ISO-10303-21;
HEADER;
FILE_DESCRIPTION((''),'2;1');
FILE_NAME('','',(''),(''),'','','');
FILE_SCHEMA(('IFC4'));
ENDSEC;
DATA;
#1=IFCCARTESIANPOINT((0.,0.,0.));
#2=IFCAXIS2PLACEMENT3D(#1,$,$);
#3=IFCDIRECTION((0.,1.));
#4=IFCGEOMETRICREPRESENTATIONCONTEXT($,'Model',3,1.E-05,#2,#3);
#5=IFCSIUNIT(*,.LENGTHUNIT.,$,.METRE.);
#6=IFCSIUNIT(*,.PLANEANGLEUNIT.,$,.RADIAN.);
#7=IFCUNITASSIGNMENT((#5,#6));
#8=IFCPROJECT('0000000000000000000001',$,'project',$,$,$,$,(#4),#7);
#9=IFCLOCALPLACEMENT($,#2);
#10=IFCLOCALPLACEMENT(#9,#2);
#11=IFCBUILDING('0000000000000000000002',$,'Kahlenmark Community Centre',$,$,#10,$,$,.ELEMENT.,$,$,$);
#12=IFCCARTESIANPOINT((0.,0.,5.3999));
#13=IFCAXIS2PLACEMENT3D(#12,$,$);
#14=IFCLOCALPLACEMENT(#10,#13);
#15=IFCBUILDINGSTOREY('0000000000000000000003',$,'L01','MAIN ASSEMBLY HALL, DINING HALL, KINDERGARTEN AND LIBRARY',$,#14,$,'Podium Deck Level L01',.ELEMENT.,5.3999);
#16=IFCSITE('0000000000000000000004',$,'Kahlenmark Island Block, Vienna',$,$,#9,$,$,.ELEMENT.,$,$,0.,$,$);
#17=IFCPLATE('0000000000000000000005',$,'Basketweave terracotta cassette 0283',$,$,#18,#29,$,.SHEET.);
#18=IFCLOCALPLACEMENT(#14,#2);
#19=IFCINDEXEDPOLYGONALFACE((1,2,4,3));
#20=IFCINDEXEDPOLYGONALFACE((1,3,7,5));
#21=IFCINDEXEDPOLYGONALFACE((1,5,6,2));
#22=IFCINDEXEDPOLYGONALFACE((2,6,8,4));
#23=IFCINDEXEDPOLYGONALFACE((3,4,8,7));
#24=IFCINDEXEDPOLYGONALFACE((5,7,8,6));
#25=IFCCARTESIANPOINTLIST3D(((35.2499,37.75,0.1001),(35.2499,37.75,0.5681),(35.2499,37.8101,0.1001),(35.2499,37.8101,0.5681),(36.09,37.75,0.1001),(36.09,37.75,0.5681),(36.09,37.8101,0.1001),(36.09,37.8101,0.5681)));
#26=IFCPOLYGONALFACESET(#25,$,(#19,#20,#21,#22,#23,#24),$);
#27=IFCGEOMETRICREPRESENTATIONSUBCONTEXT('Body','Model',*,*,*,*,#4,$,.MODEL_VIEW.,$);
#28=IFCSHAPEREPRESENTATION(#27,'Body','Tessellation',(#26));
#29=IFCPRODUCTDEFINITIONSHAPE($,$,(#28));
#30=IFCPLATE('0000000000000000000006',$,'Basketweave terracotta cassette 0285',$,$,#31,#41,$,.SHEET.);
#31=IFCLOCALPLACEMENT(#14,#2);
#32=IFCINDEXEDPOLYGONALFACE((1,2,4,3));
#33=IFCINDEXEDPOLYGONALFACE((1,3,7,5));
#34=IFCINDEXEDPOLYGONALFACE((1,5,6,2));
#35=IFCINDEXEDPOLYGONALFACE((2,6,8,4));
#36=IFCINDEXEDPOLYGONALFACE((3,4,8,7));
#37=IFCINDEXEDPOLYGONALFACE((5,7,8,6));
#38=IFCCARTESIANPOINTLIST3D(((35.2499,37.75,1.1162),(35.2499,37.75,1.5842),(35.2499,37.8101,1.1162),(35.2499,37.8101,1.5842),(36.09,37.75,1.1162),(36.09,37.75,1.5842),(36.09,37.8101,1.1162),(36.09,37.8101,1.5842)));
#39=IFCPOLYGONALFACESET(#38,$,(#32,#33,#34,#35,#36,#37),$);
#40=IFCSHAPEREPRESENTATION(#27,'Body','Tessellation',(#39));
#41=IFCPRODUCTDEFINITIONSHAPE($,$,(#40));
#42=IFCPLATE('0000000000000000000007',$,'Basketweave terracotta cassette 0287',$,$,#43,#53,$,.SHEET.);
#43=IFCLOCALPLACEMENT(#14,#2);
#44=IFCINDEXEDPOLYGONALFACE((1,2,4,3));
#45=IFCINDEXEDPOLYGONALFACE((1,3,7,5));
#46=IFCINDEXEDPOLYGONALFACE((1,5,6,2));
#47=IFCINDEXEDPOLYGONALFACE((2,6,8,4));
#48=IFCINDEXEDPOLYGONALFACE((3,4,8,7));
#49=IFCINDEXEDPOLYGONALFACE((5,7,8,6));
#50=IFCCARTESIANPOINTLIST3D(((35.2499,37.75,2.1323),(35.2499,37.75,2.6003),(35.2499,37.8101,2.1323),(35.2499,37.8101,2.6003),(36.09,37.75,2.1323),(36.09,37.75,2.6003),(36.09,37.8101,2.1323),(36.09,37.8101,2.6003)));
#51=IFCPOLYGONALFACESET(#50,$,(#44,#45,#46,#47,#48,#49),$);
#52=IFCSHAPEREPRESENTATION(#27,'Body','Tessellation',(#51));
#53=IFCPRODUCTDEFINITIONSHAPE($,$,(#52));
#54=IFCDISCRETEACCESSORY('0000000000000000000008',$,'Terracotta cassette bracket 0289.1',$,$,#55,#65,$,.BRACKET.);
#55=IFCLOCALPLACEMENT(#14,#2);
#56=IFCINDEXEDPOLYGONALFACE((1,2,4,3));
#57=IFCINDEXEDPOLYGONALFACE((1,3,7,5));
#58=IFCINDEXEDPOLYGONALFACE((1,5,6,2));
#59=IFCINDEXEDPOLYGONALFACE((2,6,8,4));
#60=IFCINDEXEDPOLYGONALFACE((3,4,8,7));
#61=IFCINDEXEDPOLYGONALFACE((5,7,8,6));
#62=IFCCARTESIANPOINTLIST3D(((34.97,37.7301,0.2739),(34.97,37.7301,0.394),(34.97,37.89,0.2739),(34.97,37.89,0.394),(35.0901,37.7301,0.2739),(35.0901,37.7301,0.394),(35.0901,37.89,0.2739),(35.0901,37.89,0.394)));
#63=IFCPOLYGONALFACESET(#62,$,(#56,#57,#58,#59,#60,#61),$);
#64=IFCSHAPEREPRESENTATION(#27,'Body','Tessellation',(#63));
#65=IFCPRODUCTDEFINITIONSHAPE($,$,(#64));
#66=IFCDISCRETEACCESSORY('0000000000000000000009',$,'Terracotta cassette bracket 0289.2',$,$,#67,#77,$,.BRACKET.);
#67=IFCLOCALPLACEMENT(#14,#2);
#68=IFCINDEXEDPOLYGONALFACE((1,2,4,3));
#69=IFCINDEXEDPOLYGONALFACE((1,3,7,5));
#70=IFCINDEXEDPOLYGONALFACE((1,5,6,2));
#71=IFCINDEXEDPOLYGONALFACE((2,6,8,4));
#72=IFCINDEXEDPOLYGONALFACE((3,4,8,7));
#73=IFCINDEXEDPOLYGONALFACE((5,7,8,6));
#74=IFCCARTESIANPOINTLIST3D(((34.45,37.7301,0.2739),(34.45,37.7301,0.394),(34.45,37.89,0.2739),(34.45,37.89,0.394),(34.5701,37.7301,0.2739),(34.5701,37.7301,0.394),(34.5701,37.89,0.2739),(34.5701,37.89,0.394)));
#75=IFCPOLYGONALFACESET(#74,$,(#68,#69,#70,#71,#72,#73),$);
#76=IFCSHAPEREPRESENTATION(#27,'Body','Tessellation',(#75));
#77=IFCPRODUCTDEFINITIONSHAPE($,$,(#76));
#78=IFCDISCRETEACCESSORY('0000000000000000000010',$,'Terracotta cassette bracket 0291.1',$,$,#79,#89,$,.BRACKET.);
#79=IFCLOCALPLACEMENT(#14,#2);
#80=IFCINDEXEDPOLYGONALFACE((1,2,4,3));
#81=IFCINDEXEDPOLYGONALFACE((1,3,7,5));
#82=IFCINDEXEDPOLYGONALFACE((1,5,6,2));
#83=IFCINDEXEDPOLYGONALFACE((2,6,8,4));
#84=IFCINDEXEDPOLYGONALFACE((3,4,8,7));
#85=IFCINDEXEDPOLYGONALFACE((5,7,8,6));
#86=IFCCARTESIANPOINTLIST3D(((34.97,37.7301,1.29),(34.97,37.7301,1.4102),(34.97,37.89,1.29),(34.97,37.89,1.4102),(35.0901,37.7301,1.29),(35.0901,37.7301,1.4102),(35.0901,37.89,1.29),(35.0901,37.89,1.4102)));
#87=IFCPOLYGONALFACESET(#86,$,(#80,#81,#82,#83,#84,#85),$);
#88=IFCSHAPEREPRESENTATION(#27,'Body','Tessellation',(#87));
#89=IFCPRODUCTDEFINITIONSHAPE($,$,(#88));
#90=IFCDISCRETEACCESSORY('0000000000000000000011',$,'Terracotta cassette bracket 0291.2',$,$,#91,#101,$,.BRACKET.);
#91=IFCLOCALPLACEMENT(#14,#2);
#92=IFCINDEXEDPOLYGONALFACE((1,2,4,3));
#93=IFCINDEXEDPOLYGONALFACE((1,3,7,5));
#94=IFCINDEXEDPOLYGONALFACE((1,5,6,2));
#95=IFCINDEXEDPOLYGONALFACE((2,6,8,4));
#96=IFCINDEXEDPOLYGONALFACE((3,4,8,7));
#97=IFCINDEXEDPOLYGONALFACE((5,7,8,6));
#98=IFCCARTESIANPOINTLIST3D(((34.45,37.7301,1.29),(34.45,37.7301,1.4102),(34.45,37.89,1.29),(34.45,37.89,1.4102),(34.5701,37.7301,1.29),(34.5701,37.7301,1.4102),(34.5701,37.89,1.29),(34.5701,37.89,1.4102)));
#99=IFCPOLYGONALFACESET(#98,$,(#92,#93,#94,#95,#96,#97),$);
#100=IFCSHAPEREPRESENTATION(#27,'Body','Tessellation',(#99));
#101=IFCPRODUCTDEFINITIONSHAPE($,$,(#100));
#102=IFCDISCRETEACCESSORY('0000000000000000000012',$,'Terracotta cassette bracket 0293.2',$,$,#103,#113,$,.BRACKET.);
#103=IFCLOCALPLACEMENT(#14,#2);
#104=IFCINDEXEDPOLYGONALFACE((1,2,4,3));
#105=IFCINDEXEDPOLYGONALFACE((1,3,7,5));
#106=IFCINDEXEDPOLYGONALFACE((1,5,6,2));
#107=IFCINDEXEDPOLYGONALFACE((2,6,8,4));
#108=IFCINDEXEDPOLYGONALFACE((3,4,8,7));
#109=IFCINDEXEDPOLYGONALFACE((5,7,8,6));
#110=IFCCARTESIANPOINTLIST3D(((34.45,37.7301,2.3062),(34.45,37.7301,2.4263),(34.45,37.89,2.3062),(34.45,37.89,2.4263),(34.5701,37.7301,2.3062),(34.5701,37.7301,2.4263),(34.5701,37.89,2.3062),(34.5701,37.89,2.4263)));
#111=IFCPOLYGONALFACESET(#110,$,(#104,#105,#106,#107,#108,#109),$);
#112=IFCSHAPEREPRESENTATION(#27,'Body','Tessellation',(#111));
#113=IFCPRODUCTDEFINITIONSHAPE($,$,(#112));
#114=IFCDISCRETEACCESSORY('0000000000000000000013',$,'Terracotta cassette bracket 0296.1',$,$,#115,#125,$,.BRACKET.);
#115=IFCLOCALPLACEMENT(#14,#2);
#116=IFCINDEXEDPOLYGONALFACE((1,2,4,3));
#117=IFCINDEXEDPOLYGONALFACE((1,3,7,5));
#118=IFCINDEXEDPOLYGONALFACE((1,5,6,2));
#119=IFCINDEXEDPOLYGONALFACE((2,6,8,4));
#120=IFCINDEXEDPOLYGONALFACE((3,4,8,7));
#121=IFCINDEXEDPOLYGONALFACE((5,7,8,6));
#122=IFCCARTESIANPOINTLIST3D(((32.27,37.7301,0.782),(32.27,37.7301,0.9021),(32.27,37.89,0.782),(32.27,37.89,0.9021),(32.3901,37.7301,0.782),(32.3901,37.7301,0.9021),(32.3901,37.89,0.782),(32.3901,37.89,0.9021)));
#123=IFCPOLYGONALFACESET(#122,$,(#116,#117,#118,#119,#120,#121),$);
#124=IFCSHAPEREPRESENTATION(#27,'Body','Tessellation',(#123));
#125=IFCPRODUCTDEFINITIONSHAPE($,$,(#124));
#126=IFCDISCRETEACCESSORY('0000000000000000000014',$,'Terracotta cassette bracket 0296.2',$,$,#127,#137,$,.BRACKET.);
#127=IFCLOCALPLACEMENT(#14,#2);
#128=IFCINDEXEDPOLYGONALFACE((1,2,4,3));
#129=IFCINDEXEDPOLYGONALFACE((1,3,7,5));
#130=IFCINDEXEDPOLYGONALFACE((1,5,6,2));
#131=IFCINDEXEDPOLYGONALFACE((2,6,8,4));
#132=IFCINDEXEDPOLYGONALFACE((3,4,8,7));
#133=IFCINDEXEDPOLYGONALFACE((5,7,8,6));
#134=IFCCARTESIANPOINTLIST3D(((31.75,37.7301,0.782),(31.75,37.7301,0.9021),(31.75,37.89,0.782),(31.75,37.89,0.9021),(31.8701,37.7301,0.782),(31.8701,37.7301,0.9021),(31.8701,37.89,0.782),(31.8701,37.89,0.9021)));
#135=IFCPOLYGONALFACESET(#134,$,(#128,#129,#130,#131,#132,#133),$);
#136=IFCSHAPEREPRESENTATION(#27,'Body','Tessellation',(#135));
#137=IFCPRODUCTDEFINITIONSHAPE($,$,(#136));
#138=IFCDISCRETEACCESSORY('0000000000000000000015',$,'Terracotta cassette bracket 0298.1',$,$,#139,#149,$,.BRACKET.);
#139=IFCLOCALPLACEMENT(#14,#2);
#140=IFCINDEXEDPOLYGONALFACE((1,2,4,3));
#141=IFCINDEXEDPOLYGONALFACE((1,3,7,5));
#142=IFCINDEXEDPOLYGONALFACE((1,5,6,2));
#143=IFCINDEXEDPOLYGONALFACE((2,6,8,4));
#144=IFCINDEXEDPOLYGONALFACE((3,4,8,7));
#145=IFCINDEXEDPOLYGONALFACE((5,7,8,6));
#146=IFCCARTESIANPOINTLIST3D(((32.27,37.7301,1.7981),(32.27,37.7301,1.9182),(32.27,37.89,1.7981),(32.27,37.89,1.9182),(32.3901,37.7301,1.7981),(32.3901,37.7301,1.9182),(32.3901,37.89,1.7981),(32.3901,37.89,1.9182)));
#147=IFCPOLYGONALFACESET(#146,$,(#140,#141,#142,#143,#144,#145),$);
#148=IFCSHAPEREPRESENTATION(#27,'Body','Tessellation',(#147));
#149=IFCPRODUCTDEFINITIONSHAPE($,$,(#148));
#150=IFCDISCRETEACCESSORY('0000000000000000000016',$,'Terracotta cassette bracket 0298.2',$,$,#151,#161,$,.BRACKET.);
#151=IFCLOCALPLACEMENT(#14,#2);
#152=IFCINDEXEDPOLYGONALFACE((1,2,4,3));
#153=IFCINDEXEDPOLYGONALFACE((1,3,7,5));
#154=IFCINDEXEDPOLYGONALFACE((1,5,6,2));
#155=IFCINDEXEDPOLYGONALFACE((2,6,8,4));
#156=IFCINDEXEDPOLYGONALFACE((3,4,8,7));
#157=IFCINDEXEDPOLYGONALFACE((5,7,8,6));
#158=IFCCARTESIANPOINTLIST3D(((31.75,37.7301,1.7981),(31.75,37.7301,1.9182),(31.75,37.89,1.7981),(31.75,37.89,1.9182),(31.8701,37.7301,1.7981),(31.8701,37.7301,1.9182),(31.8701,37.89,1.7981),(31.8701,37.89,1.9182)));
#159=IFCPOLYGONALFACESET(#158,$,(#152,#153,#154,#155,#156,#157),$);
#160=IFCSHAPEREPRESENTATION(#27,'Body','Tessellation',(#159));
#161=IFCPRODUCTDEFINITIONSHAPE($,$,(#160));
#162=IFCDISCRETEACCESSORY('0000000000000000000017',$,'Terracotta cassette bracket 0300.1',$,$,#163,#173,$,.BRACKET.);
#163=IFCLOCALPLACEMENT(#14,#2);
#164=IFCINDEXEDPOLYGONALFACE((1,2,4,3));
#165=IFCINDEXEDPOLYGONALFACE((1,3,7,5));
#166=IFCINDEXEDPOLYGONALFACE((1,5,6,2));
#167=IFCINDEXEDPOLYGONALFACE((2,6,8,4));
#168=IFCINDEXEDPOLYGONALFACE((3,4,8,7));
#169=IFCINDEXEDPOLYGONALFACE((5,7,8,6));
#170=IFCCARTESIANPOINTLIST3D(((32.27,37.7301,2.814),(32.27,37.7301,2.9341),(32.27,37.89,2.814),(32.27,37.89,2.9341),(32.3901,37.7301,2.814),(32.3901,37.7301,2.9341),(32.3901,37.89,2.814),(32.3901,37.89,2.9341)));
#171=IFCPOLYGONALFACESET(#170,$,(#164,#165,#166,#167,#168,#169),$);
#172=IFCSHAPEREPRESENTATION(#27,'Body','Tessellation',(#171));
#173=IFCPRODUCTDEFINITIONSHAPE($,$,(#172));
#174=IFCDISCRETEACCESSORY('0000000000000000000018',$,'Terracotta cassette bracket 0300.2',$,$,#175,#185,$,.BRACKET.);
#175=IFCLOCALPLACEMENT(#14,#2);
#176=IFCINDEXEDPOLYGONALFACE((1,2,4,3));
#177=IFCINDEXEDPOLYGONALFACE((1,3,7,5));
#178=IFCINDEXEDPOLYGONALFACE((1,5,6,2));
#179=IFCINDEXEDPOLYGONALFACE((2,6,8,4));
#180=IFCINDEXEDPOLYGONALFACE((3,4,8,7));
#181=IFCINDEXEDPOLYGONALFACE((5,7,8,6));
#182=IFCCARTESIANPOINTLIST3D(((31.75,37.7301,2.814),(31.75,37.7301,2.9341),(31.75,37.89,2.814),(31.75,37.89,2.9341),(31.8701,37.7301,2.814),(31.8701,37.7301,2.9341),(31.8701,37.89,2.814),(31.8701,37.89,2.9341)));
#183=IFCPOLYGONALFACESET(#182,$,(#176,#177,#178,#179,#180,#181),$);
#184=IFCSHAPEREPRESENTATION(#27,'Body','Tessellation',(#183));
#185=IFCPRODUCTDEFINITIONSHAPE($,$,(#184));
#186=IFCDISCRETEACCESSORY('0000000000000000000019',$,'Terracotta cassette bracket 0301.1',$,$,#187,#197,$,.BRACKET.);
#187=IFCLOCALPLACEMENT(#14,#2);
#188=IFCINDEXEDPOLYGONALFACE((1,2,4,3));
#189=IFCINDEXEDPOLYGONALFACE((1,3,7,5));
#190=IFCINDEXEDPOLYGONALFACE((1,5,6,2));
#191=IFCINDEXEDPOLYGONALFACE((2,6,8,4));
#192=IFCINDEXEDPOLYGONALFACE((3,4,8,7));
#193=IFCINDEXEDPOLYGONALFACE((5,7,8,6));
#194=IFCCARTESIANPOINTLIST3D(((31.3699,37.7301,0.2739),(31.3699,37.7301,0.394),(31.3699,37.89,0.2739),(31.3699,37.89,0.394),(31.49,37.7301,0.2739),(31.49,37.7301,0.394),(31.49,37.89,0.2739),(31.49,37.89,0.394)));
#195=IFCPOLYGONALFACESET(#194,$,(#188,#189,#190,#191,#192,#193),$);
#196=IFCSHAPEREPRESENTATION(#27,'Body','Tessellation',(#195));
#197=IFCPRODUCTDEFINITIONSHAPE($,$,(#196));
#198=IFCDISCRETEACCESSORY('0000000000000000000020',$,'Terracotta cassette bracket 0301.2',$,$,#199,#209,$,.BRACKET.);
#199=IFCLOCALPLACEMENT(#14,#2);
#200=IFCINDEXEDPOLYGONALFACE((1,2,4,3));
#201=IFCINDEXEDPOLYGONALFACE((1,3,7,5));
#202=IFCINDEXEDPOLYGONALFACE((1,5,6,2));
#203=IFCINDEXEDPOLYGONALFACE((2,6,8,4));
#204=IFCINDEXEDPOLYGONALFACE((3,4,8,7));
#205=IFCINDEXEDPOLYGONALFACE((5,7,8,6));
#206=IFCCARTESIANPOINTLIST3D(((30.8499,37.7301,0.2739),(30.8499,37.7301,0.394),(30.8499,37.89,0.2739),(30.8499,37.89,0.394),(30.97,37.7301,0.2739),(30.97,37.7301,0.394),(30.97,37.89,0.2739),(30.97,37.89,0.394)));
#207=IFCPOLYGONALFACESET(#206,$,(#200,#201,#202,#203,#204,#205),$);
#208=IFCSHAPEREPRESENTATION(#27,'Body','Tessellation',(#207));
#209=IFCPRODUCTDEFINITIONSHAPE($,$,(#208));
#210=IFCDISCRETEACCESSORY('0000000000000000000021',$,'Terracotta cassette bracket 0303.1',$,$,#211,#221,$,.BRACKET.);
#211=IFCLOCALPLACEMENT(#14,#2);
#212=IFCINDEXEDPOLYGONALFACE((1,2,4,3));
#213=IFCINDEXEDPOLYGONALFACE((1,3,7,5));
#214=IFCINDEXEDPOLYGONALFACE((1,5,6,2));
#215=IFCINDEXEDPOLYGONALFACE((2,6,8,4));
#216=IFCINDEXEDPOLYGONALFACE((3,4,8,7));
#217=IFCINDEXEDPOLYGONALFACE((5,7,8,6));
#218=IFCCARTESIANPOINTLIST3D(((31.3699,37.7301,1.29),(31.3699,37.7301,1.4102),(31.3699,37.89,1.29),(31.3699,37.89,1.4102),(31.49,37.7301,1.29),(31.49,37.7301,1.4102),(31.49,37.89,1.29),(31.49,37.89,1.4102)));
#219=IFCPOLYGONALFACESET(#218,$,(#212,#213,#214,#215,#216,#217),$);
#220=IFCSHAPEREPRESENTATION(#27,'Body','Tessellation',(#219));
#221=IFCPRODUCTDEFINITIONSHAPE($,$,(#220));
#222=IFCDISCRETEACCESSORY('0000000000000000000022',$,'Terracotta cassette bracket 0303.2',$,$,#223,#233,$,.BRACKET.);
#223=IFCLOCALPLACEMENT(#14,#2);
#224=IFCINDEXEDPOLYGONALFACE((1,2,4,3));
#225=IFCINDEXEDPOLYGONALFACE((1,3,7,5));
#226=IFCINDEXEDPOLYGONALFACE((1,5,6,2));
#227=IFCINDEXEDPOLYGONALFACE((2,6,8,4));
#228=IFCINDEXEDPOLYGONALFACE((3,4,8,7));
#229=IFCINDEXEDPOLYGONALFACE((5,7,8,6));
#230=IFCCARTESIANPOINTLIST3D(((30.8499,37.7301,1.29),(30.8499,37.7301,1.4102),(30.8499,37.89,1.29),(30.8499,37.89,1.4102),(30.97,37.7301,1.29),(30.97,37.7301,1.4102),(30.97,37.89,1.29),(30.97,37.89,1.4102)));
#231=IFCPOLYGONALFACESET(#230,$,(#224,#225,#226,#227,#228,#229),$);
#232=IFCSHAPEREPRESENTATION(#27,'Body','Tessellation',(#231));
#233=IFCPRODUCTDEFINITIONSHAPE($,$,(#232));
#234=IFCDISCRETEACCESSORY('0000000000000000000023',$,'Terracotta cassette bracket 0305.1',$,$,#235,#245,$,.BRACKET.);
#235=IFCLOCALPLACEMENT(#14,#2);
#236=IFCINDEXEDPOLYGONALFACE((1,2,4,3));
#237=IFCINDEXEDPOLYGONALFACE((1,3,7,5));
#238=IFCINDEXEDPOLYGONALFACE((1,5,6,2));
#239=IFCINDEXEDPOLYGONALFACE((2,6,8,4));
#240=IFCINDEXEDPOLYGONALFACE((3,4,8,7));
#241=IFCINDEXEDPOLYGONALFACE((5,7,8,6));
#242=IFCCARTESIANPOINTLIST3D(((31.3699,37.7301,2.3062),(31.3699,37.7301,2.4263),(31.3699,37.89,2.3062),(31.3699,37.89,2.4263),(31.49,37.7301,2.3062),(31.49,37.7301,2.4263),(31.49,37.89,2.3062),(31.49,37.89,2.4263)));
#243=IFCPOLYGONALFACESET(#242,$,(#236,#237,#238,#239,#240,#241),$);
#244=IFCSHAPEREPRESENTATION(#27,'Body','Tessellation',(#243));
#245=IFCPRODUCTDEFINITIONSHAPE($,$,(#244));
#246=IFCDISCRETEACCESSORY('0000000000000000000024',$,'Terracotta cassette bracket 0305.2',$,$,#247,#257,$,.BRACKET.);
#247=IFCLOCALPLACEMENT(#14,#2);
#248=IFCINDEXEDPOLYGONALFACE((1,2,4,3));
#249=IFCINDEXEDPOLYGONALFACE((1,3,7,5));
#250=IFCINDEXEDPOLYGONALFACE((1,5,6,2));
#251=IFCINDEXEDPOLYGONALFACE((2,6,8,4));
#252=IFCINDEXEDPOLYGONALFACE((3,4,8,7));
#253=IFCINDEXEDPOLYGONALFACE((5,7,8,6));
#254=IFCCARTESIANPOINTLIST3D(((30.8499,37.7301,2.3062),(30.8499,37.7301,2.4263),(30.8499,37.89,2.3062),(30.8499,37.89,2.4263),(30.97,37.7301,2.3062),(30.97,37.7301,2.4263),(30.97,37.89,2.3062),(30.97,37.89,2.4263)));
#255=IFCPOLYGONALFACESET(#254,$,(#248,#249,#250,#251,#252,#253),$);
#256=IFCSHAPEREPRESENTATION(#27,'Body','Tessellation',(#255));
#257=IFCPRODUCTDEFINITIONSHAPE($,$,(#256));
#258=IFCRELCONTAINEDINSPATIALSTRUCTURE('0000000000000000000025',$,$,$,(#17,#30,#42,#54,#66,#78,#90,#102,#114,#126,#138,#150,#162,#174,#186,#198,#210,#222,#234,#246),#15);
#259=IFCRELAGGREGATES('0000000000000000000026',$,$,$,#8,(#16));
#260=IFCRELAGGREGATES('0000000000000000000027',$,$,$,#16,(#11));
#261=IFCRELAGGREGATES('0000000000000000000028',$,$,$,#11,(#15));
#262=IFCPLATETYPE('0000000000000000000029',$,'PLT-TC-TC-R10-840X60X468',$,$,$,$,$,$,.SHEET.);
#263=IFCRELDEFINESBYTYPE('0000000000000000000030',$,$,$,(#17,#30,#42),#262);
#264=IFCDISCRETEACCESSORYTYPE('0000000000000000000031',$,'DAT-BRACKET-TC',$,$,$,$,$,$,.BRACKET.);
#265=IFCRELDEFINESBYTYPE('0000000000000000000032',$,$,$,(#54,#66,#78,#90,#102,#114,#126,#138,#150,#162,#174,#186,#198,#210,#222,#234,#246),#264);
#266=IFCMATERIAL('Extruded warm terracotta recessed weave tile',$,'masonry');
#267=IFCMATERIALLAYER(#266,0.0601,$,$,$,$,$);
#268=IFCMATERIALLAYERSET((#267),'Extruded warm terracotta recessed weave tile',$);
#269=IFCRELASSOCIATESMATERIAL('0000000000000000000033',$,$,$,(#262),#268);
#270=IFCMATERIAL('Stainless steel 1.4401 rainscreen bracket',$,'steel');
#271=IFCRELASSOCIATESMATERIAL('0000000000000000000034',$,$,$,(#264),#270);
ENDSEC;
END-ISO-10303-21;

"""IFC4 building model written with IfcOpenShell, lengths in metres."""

from ifc_helpers import new_model, si_unit, direction, frame, origin, origin_2d, place, context, subcontext, project, spatial, rectangle, extrude, material, layer, layer_set, type_object, element, save


model = new_model("IFC4")

# Units and contexts
model_context = context("Model", 3, precision=1e-05, world=origin(), true_north=direction((0.0, 1.0)))
body_context = subcontext(model_context, "Body", "Model", "MODEL_VIEW")
ifc_project = project(units=[si_unit("LENGTHUNIT", "METRE"), si_unit("PLANEANGLEUNIT", "RADIAN")], contexts=[model_context])

# Site, building, storey
site_placement = place(None, origin())
site = spatial("IfcSite", under=ifc_project, at=site_placement, Name="Kahlenmark Island Block, Vienna", CompositionType="ELEMENT", RefElevation=0.0)
building_placement = place(site_placement, origin())
building = spatial("IfcBuilding", under=site, at=building_placement, Name="Kahlenmark Community Centre", CompositionType="ELEMENT")
storey_placement = place(building_placement, frame((0.0, 0.0, 5.3999)))
storey = spatial("IfcBuildingStorey", under=building, at=storey_placement, Name="L01", Description="MAIN ASSEMBLY HALL, DINING HALL, KINDERGARTEN AND LIBRARY", LongName="Podium Deck Level L01", CompositionType="ELEMENT", Elevation=5.3999)

# Plates
ifc_material_1 = material(Name="Extruded warm terracotta recessed weave tile", Category="masonry")
ifc_layer = layer(ifc_material_1, 0.0601)
ifc_layer_set = layer_set([ifc_layer], Name="Extruded warm terracotta recessed weave tile")
plate_type = type_object("IfcPlateType", Name="PLT-TC-TC-R10-840X60X468", PredefinedType="SHEET", material=ifc_layer_set)
for number, where, z_axis, x_axis, name in (
    (1, (35.6699, 37.78, 0.1001), (0.0, 0.0, 1.0), (-1.0, 0.0, 0.0), "Basketweave terracotta cassette 0283"),
    (2, (35.6699, 37.78, 1.1162), (0.0, 0.0, 1.0), (-1.0, 0.0, 0.0), "Basketweave terracotta cassette 0285"),
    (3, (35.6699, 37.78, 2.1323), (0.0, 0.0, 1.0), (-1.0, 0.0, 0.0), "Basketweave terracotta cassette 0287"),
):
    element("IfcPlate", number, at=place(storey_placement, frame(where, z_axis=z_axis, x_axis=x_axis)), inside=storey, type_object=plate_type, Name=name, PredefinedType="SHEET", context=body_context, shape_type="SweptSolid", body=[
        extrude(rectangle(XDim=0.8401, YDim=0.0601, at=origin_2d()), origin(), (0.0, 0.0, 1.0), 0.468),
    ])

# Discrete accessories
ifc_material_2 = material(Name="Stainless steel 1.4401 rainscreen bracket", Category="steel")
discrete_accessory_type = type_object("IfcDiscreteAccessoryType", Name="DAT-BRACKET-TC", PredefinedType="BRACKET", material=ifc_material_2)
for number, where, z_axis, x_axis, name in (
    (4, (35.03, 37.8101, 0.2739), (0.0, 0.0, 1.0), (-1.0, 0.0, 0.0), "Terracotta cassette bracket 0289.1"),
    (5, (34.51, 37.8101, 0.2739), (0.0, 0.0, 1.0), (-1.0, 0.0, 0.0), "Terracotta cassette bracket 0289.2"),
    (6, (35.03, 37.8101, 1.29), (0.0, 0.0, 1.0), (-1.0, 0.0, 0.0), "Terracotta cassette bracket 0291.1"),
    (7, (34.51, 37.8101, 1.29), (0.0, 0.0, 1.0), (-1.0, 0.0, 0.0), "Terracotta cassette bracket 0291.2"),
    (8, (34.51, 37.8101, 2.3062), (0.0, 0.0, 1.0), (-1.0, 0.0, 0.0), "Terracotta cassette bracket 0293.2"),
    (9, (32.3301, 37.8101, 0.782), (0.0, 0.0, 1.0), (-1.0, 0.0, 0.0), "Terracotta cassette bracket 0296.1"),
    (10, (31.8101, 37.8101, 0.782), (0.0, 0.0, 1.0), (-1.0, 0.0, 0.0), "Terracotta cassette bracket 0296.2"),
    (11, (32.3301, 37.8101, 1.7981), (0.0, 0.0, 1.0), (-1.0, 0.0, 0.0), "Terracotta cassette bracket 0298.1"),
    (12, (31.8101, 37.8101, 1.7981), (0.0, 0.0, 1.0), (-1.0, 0.0, 0.0), "Terracotta cassette bracket 0298.2"),
    (13, (32.3301, 37.8101, 2.814), (0.0, 0.0, 1.0), (-1.0, 0.0, 0.0), "Terracotta cassette bracket 0300.1"),
    (14, (31.8101, 37.8101, 2.814), (0.0, 0.0, 1.0), (-1.0, 0.0, 0.0), "Terracotta cassette bracket 0300.2"),
    (15, (31.4299, 37.8101, 0.2739), (0.0, 0.0, 1.0), (-1.0, 0.0, 0.0), "Terracotta cassette bracket 0301.1"),
    (16, (30.9099, 37.8101, 0.2739), (0.0, 0.0, 1.0), (-1.0, 0.0, 0.0), "Terracotta cassette bracket 0301.2"),
    (17, (31.4299, 37.8101, 1.29), (0.0, 0.0, 1.0), (-1.0, 0.0, 0.0), "Terracotta cassette bracket 0303.1"),
    (18, (30.9099, 37.8101, 1.29), (0.0, 0.0, 1.0), (-1.0, 0.0, 0.0), "Terracotta cassette bracket 0303.2"),
    (19, (31.4299, 37.8101, 2.3062), (0.0, 0.0, 1.0), (-1.0, 0.0, 0.0), "Terracotta cassette bracket 0305.1"),
    (20, (30.9099, 37.8101, 2.3062), (0.0, 0.0, 1.0), (-1.0, 0.0, 0.0), "Terracotta cassette bracket 0305.2"),
):
    element("IfcDiscreteAccessory", number, at=place(storey_placement, frame(where, z_axis=z_axis, x_axis=x_axis)), inside=storey, type_object=discrete_accessory_type, Name=name, PredefinedType="BRACKET", context=body_context, shape_type="SweptSolid", body=[
        extrude(rectangle(XDim=0.1201, YDim=0.1599, at=origin_2d()), origin(), (0.0, 0.0, 1.0), 0.1201),
    ])

save(model, "model.ifc")
